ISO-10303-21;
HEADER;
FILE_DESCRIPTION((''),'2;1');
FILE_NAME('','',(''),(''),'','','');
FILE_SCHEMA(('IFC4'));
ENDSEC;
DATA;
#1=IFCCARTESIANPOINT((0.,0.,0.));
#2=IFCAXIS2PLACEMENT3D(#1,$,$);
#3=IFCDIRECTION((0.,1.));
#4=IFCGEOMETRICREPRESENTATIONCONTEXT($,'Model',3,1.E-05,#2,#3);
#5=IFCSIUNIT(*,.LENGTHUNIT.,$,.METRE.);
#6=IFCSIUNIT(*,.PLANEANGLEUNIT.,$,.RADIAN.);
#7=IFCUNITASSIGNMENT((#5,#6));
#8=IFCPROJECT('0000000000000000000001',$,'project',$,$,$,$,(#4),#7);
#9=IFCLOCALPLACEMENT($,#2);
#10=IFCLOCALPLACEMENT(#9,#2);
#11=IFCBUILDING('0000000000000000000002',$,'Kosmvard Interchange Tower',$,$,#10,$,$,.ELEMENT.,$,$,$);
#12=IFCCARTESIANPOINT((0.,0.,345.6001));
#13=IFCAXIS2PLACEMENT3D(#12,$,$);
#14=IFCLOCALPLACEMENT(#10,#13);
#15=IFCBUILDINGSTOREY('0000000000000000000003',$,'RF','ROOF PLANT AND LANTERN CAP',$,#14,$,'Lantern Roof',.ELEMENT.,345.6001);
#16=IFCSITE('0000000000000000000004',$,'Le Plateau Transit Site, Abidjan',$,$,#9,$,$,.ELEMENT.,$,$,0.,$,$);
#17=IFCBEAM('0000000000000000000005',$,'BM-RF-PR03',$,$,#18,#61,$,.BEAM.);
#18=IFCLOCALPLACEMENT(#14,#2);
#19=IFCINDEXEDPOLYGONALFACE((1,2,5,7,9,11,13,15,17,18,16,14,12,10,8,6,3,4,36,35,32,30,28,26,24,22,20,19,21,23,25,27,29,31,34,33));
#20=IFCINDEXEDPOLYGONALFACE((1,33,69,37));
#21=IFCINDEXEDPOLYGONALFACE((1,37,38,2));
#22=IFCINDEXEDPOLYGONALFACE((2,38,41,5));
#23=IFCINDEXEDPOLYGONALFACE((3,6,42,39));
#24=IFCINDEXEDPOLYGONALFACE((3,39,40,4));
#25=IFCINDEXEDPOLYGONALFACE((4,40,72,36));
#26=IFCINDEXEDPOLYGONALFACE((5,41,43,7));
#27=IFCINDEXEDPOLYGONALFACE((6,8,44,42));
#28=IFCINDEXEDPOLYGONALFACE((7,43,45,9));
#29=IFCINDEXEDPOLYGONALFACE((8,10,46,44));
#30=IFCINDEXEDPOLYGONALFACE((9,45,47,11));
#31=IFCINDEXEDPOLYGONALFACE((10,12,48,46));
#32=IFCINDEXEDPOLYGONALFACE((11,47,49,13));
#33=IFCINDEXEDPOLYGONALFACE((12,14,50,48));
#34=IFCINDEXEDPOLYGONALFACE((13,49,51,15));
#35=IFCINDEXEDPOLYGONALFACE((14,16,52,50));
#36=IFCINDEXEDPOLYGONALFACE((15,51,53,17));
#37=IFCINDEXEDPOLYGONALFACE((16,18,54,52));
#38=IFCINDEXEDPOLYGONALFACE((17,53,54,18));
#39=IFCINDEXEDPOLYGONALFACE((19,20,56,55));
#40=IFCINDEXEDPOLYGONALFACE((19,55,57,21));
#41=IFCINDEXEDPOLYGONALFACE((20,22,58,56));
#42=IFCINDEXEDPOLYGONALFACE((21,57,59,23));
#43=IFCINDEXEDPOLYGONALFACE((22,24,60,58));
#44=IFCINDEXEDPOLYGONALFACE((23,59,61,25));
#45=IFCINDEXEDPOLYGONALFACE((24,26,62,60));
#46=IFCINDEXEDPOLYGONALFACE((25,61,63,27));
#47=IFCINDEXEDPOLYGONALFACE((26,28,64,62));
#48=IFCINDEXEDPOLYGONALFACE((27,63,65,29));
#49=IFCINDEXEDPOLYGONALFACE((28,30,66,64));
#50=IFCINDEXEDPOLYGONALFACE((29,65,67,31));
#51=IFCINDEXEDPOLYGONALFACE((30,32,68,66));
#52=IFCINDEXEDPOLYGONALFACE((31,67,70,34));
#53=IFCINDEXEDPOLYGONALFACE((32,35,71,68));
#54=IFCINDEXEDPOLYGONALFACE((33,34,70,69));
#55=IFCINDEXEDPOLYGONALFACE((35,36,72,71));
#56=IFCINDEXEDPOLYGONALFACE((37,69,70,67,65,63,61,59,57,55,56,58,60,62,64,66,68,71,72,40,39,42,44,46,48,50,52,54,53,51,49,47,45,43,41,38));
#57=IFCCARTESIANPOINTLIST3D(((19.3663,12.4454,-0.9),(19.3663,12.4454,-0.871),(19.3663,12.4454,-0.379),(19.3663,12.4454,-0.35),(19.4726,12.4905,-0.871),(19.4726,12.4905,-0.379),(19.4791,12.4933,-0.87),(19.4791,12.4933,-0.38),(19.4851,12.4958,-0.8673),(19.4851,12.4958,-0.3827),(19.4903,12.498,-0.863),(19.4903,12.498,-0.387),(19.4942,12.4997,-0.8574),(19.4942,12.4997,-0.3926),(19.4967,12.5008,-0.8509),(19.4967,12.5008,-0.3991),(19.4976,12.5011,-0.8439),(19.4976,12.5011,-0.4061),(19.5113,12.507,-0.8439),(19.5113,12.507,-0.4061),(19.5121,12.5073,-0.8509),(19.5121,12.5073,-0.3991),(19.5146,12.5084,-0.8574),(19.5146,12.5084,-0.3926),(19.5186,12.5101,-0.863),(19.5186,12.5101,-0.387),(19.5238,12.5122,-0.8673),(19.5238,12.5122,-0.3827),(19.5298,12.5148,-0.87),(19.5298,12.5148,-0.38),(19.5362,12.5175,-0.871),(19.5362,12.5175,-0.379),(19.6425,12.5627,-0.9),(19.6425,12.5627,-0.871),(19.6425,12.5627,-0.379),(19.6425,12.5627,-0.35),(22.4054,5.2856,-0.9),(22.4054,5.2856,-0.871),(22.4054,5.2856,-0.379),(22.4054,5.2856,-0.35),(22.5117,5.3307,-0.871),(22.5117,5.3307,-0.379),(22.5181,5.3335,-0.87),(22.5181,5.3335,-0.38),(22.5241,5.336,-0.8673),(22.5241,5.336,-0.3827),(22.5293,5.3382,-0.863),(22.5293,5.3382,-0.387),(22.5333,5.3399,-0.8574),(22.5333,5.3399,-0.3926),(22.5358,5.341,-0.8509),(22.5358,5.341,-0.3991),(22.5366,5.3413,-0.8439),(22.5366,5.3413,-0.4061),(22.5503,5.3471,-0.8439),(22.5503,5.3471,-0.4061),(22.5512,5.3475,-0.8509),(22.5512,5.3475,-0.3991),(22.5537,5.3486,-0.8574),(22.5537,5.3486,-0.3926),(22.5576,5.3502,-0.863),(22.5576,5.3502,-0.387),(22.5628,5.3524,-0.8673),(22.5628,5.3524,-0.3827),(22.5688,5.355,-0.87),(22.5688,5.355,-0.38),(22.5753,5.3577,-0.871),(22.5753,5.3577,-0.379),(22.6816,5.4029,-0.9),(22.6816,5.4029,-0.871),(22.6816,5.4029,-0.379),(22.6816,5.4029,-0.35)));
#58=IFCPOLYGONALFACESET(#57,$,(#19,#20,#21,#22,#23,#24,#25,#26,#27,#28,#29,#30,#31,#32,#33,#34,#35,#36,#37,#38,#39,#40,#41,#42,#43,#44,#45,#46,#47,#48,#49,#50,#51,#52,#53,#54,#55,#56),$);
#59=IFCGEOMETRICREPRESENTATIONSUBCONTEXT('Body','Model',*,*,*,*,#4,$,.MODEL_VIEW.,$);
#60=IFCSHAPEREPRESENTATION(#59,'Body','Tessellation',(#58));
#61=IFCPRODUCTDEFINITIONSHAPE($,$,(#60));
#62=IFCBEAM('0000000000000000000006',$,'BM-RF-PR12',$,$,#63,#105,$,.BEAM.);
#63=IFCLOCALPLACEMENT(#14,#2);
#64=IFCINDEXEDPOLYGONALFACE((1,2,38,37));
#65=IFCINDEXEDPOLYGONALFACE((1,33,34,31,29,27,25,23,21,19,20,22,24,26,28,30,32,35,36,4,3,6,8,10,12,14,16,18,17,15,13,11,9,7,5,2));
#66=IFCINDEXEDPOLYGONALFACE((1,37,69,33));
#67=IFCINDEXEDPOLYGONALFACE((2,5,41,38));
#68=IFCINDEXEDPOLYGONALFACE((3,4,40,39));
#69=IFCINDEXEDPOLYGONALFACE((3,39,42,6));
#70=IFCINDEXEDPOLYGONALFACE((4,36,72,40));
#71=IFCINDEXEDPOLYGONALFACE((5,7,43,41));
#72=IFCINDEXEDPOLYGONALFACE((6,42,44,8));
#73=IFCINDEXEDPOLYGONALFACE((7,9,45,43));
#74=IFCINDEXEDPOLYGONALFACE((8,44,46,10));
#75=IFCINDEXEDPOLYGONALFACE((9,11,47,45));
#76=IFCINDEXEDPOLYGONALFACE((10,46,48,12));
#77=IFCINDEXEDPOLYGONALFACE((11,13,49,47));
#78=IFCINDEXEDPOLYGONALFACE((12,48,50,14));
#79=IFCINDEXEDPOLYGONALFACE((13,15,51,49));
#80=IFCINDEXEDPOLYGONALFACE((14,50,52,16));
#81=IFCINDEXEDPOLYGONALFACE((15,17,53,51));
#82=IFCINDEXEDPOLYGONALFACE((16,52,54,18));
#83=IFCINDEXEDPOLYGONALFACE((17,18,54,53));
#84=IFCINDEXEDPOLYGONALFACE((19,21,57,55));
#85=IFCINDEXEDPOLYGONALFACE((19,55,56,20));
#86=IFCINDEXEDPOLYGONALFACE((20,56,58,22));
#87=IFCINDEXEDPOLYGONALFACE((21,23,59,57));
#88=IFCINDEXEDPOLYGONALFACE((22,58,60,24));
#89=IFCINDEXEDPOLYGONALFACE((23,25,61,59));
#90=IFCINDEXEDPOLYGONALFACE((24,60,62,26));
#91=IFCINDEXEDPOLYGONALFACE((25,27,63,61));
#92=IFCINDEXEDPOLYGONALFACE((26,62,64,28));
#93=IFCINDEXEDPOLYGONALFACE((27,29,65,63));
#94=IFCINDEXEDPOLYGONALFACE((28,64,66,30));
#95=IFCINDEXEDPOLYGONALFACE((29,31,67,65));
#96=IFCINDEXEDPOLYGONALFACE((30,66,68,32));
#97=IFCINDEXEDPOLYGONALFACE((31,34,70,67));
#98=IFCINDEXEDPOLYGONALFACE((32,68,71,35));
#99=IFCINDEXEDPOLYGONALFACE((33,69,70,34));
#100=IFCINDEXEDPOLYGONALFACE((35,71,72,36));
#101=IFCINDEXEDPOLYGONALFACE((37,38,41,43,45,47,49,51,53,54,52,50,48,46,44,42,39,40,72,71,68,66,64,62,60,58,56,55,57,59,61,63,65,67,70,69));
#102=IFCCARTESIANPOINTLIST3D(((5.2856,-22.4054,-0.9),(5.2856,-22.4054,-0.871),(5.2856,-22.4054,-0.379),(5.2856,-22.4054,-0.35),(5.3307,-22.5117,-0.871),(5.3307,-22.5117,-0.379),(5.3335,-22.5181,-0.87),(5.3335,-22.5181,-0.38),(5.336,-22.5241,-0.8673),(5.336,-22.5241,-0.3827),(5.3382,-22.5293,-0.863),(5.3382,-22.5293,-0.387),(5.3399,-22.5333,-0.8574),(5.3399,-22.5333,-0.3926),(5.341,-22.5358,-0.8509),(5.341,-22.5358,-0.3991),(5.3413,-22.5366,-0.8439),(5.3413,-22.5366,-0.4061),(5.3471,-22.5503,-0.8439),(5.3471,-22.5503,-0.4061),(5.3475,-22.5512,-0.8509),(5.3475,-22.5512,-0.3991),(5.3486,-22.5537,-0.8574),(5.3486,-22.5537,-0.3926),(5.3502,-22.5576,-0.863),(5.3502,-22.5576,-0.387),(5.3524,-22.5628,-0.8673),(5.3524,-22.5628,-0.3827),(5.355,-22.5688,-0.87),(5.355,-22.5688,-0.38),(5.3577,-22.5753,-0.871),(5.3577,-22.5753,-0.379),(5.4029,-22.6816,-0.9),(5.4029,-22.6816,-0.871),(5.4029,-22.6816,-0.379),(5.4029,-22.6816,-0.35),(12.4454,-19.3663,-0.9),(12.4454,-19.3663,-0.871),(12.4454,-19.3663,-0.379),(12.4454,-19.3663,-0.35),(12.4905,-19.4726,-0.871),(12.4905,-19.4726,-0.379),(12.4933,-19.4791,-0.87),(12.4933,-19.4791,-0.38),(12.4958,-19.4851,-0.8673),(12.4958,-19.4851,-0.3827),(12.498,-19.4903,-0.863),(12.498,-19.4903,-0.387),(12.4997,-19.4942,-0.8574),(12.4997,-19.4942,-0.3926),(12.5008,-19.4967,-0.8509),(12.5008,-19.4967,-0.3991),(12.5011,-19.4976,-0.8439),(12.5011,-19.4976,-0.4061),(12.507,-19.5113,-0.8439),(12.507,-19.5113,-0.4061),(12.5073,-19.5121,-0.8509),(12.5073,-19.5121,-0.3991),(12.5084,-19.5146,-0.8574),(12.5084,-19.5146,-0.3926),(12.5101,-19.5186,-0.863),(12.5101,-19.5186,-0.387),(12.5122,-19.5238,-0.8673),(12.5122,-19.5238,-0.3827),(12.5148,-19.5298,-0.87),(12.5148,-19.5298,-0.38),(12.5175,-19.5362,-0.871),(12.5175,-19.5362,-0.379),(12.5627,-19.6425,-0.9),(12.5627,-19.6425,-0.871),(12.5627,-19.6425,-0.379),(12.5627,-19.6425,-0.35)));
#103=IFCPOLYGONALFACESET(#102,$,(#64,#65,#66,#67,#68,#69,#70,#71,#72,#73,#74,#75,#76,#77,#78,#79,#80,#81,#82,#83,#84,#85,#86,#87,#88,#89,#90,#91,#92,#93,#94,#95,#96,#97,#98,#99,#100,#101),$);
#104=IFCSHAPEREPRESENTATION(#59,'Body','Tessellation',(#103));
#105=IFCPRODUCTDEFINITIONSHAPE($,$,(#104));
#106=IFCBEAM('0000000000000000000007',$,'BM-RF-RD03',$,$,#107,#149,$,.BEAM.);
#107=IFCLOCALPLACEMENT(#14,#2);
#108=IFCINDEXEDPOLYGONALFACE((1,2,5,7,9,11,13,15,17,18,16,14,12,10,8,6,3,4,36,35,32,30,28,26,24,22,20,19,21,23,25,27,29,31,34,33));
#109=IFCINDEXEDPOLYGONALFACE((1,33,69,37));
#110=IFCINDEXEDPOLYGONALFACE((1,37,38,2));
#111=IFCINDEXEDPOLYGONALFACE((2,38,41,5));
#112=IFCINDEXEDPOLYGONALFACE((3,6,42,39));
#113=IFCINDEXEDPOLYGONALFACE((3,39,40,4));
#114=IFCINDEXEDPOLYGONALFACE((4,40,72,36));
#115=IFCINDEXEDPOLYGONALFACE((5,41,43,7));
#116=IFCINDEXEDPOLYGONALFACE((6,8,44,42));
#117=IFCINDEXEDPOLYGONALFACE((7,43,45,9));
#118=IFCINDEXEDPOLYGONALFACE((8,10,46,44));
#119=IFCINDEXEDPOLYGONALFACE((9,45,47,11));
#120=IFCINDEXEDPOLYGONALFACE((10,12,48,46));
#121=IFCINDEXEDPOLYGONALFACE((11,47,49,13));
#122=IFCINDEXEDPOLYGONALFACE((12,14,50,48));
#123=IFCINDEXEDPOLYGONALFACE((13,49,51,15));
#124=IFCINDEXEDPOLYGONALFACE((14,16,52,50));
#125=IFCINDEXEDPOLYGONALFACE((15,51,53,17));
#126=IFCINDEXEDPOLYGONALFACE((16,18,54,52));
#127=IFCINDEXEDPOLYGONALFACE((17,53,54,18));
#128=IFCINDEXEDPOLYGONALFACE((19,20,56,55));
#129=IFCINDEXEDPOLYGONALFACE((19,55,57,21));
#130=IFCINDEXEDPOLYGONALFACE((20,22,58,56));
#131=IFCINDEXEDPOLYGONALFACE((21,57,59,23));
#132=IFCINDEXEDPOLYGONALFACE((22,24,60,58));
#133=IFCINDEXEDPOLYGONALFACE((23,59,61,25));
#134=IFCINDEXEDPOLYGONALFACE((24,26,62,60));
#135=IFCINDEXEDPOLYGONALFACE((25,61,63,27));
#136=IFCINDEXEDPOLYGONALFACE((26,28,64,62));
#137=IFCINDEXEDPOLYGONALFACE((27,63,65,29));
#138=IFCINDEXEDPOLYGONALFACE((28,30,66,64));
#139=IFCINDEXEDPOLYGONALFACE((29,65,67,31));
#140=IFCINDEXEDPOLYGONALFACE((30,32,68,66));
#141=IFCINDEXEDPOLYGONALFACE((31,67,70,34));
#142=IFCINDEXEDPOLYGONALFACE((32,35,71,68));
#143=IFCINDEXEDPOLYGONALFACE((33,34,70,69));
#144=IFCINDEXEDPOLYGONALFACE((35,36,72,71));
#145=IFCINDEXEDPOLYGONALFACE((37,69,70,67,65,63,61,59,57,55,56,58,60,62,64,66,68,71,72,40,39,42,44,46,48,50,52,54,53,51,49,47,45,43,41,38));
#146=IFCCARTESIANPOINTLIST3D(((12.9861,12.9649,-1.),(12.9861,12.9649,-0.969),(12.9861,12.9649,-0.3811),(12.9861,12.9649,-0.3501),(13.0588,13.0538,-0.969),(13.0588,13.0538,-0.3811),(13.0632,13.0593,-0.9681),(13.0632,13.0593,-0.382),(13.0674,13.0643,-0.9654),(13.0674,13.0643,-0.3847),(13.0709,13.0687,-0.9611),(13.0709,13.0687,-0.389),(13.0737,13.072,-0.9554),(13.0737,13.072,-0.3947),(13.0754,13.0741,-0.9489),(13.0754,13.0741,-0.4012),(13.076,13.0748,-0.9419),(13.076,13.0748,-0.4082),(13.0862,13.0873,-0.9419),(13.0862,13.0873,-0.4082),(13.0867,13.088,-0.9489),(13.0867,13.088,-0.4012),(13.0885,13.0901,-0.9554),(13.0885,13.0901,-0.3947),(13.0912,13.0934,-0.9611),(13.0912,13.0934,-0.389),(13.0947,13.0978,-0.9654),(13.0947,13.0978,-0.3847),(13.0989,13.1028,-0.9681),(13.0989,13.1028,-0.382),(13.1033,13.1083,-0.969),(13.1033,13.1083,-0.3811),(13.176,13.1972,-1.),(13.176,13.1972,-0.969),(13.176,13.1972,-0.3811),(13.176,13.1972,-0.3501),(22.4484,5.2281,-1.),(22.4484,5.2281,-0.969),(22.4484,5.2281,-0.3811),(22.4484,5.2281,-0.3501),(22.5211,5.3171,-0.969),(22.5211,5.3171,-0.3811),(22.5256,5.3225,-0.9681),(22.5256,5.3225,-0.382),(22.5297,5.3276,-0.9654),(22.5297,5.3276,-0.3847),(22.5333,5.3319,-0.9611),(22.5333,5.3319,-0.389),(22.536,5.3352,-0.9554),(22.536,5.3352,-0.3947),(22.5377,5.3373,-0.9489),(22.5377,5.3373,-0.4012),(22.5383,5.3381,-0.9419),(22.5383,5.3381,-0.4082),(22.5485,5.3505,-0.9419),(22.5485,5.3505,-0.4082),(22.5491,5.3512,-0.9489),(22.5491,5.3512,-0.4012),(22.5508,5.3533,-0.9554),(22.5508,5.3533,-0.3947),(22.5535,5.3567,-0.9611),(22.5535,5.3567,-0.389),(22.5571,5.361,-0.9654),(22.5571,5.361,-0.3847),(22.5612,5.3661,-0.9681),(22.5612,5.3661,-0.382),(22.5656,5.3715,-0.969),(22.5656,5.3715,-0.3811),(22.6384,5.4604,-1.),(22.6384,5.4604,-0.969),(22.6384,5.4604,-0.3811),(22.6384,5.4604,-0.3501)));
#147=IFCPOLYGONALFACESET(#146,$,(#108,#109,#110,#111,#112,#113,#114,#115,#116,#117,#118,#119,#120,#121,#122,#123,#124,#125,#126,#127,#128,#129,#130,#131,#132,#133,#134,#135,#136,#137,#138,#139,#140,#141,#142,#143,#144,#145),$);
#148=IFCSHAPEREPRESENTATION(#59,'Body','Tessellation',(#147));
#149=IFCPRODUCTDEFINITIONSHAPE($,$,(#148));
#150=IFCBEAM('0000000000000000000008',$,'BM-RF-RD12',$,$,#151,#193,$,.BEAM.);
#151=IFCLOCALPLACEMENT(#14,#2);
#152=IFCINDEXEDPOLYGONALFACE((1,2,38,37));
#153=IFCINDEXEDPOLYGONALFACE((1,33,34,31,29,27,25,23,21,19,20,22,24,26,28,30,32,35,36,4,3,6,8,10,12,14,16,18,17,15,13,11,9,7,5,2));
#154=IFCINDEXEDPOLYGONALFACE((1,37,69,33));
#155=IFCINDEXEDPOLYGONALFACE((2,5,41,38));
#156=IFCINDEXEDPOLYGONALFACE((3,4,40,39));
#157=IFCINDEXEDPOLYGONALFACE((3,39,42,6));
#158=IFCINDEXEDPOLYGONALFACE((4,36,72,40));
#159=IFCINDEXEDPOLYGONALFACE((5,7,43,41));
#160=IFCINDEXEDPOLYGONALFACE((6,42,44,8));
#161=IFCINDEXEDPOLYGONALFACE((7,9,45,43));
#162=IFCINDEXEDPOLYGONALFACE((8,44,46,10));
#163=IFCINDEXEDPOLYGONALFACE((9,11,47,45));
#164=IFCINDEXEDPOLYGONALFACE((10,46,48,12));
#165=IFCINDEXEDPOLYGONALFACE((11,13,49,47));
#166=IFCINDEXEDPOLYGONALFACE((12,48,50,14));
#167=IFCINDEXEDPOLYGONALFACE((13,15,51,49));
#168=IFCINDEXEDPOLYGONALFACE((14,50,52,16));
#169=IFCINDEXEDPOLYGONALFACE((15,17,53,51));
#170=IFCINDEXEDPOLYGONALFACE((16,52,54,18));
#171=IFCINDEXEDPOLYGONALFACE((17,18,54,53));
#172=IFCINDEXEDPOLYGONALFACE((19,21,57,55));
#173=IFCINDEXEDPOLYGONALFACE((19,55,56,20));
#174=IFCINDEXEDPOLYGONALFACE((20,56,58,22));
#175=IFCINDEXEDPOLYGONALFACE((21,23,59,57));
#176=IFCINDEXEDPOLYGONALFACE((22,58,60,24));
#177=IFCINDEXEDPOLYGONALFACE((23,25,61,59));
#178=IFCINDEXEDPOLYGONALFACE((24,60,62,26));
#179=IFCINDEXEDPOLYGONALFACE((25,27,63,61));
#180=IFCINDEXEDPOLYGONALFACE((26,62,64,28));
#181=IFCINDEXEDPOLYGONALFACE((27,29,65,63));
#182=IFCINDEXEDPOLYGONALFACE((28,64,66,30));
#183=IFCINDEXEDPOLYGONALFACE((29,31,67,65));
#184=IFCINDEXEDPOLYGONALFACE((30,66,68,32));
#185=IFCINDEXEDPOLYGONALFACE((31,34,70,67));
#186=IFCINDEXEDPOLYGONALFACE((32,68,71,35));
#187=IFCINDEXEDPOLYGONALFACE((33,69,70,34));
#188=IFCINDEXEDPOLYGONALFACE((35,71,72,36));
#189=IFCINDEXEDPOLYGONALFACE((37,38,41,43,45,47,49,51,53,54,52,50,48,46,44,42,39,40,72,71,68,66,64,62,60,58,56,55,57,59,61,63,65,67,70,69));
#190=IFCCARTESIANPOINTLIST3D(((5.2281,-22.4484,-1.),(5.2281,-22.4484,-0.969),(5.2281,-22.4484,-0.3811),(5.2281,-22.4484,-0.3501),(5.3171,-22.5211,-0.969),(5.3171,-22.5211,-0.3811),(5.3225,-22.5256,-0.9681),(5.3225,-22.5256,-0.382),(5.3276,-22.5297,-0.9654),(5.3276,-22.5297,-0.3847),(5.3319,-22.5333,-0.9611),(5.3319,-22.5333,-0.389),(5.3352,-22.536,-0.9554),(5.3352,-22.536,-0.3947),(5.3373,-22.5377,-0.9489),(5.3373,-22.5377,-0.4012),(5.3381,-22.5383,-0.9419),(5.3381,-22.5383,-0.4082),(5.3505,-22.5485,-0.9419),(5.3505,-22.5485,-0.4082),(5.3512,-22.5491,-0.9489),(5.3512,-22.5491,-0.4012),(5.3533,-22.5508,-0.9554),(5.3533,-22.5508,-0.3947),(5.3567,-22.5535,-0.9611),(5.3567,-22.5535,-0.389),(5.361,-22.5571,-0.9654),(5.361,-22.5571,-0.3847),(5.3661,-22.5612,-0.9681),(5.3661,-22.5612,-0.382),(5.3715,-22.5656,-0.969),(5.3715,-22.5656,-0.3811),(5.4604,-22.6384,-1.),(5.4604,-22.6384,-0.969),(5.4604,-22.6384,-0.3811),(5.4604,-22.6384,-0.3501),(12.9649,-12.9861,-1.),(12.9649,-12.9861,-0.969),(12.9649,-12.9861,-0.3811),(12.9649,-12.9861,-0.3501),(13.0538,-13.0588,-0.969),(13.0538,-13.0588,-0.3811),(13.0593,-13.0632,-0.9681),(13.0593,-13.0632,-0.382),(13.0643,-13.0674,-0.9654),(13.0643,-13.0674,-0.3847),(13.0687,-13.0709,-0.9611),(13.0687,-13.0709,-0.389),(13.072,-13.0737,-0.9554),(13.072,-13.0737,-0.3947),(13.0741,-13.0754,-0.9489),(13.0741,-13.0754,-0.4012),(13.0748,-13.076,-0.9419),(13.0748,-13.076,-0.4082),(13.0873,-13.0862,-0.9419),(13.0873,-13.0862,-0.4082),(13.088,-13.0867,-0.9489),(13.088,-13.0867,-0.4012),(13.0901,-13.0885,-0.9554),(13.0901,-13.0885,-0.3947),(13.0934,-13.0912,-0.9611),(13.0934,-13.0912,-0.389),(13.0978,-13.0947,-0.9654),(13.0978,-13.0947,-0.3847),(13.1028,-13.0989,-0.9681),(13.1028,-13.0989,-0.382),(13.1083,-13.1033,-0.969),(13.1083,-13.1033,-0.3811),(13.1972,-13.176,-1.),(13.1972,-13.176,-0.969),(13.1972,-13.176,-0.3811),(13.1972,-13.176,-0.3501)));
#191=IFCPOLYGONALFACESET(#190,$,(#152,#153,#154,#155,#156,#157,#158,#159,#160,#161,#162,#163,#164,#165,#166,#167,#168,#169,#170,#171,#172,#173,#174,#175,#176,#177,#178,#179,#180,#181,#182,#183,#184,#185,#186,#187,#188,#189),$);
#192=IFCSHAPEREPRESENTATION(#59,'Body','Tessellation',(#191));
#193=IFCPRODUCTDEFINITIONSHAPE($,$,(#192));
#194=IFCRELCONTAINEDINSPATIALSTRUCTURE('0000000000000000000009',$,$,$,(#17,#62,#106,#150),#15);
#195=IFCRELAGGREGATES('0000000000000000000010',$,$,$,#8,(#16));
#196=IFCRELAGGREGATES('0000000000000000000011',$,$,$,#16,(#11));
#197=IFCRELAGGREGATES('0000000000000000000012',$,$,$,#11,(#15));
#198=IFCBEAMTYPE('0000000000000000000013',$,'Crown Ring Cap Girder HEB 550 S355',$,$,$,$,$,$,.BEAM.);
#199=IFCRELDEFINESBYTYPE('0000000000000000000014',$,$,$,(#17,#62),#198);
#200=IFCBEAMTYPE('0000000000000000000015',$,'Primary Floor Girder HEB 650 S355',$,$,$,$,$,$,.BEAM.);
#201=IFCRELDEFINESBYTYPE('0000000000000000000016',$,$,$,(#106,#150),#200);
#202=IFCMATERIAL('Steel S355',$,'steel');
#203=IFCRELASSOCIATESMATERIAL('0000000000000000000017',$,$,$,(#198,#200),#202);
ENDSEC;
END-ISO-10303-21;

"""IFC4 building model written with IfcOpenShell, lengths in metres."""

from ifc_helpers import new_model, si_unit, direction, frame, origin, origin_2d, place, context, subcontext, project, spatial, i_section, extrude, source, transform, mapped, material, material_profile, profile_set, type_object, element, save


model = new_model("IFC4")

# Units and contexts
model_context = context("Model", 3, precision=1e-05, world=origin(), true_north=direction((0.0, 1.0)))
body_context = subcontext(model_context, "Body", "Model", "MODEL_VIEW")
ifc_project = project(units=[si_unit("LENGTHUNIT", "METRE"), si_unit("PLANEANGLEUNIT", "RADIAN")], contexts=[model_context])

# Site, building, storey
site_placement = place(None, origin())
site = spatial("IfcSite", under=ifc_project, at=site_placement, Name="Le Plateau Transit Site, Abidjan", CompositionType="ELEMENT", RefElevation=0.0)
building_placement = place(site_placement, origin())
building = spatial("IfcBuilding", under=site, at=building_placement, Name="Kosmvard Interchange Tower", CompositionType="ELEMENT")
storey_placement = place(building_placement, frame((0.0, 0.0, 345.6001)))
storey = spatial("IfcBuildingStorey", under=building, at=storey_placement, Name="RF", Description="ROOF PLANT AND LANTERN CAP", LongName="Lantern Roof", CompositionType="ELEMENT", Elevation=345.6001)

# Beams
ifc_material_1 = material(Name="Steel S355", Category="steel")
ifc_material_profile_1 = material_profile(ifc_material_1, i_section(OverallWidth=0.3, OverallDepth=0.55, WebThickness=0.0149, FlangeThickness=0.0291, FilletRadius=0.0271, at=origin_2d()), Name="HEB 550")
ifc_profile_set_1 = profile_set([ifc_material_profile_1], Name="Steel S355")
beam_type_1 = type_object("IfcBeamType", Name="Crown Ring Cap Girder HEB 550 S355", PredefinedType="BEAM", material=ifc_profile_set_1)
ifc_material_profile_2 = material_profile(ifc_material_1, i_section(OverallWidth=0.3, OverallDepth=0.6499, WebThickness=0.0161, FlangeThickness=0.031, FilletRadius=0.0271, at=origin_2d()), Name="HEB 650")
ifc_profile_set_2 = profile_set([ifc_material_profile_2], Name="Steel S355")
beam_type_2 = type_object("IfcBeamType", Name="Primary Floor Girder HEB 650 S355", PredefinedType="BEAM", material=ifc_profile_set_2)
shared_shape_1 = source(origin(), body_context, "Body", "SweptSolid", [
    extrude(i_section(OverallWidth=0.3, OverallDepth=0.55, WebThickness=0.0149, FlangeThickness=0.0291, FilletRadius=0.0271, at=origin_2d()), origin(), (0.0, 0.0, 1.0), 7.7781),
])
for number, where, z_axis, x_axis, name in (
    (1, (22.5435, 5.3442, -0.625), (-0.390716, 0.920511, 0.0), (-0.920511, -0.390716, 0.0), "BM-RF-PR03"),
    (2, (5.3442, -22.5435, -0.625), (0.920511, 0.390716, 0.0), (-0.390716, 0.920511, 0.0), "BM-RF-PR12"),
):
    element("IfcBeam", number, at=place(storey_placement, frame(where, z_axis=z_axis, x_axis=x_axis)), inside=storey, type_object=beam_type_1, Name=name, PredefinedType="BEAM", context=body_context, shape_type="MappedRepresentation", body=[
        mapped(shared_shape_1, transform((0.0, 0.0, 0.0), scale=1.0)),
    ])
shared_shape_2 = source(origin(), body_context, "Body", "SweptSolid", [
    extrude(i_section(OverallWidth=0.3, OverallDepth=0.6499, WebThickness=0.0161, FlangeThickness=0.031, FilletRadius=0.0271, at=origin_2d()), origin(), (0.0, 0.0, 1.0), 12.2227),
])
for number, where, z_axis, x_axis, name in (
    (3, (13.0811, 13.0811, -0.675), (0.774164, -0.632985, 0.0), (0.632985, 0.774164, 0.0), "BM-RF-RD03"),
    (4, (13.0811, -13.0811, -0.675), (-0.632985, -0.774164, 0.0), (0.774164, -0.632985, 0.0), "BM-RF-RD12"),
):
    element("IfcBeam", number, at=place(storey_placement, frame(where, z_axis=z_axis, x_axis=x_axis)), inside=storey, type_object=beam_type_2, Name=name, PredefinedType="BEAM", context=body_context, shape_type="MappedRepresentation", body=[
        mapped(shared_shape_2, transform((0.0, 0.0, 0.0), scale=1.0)),
    ])

save(model, "model.ifc")
